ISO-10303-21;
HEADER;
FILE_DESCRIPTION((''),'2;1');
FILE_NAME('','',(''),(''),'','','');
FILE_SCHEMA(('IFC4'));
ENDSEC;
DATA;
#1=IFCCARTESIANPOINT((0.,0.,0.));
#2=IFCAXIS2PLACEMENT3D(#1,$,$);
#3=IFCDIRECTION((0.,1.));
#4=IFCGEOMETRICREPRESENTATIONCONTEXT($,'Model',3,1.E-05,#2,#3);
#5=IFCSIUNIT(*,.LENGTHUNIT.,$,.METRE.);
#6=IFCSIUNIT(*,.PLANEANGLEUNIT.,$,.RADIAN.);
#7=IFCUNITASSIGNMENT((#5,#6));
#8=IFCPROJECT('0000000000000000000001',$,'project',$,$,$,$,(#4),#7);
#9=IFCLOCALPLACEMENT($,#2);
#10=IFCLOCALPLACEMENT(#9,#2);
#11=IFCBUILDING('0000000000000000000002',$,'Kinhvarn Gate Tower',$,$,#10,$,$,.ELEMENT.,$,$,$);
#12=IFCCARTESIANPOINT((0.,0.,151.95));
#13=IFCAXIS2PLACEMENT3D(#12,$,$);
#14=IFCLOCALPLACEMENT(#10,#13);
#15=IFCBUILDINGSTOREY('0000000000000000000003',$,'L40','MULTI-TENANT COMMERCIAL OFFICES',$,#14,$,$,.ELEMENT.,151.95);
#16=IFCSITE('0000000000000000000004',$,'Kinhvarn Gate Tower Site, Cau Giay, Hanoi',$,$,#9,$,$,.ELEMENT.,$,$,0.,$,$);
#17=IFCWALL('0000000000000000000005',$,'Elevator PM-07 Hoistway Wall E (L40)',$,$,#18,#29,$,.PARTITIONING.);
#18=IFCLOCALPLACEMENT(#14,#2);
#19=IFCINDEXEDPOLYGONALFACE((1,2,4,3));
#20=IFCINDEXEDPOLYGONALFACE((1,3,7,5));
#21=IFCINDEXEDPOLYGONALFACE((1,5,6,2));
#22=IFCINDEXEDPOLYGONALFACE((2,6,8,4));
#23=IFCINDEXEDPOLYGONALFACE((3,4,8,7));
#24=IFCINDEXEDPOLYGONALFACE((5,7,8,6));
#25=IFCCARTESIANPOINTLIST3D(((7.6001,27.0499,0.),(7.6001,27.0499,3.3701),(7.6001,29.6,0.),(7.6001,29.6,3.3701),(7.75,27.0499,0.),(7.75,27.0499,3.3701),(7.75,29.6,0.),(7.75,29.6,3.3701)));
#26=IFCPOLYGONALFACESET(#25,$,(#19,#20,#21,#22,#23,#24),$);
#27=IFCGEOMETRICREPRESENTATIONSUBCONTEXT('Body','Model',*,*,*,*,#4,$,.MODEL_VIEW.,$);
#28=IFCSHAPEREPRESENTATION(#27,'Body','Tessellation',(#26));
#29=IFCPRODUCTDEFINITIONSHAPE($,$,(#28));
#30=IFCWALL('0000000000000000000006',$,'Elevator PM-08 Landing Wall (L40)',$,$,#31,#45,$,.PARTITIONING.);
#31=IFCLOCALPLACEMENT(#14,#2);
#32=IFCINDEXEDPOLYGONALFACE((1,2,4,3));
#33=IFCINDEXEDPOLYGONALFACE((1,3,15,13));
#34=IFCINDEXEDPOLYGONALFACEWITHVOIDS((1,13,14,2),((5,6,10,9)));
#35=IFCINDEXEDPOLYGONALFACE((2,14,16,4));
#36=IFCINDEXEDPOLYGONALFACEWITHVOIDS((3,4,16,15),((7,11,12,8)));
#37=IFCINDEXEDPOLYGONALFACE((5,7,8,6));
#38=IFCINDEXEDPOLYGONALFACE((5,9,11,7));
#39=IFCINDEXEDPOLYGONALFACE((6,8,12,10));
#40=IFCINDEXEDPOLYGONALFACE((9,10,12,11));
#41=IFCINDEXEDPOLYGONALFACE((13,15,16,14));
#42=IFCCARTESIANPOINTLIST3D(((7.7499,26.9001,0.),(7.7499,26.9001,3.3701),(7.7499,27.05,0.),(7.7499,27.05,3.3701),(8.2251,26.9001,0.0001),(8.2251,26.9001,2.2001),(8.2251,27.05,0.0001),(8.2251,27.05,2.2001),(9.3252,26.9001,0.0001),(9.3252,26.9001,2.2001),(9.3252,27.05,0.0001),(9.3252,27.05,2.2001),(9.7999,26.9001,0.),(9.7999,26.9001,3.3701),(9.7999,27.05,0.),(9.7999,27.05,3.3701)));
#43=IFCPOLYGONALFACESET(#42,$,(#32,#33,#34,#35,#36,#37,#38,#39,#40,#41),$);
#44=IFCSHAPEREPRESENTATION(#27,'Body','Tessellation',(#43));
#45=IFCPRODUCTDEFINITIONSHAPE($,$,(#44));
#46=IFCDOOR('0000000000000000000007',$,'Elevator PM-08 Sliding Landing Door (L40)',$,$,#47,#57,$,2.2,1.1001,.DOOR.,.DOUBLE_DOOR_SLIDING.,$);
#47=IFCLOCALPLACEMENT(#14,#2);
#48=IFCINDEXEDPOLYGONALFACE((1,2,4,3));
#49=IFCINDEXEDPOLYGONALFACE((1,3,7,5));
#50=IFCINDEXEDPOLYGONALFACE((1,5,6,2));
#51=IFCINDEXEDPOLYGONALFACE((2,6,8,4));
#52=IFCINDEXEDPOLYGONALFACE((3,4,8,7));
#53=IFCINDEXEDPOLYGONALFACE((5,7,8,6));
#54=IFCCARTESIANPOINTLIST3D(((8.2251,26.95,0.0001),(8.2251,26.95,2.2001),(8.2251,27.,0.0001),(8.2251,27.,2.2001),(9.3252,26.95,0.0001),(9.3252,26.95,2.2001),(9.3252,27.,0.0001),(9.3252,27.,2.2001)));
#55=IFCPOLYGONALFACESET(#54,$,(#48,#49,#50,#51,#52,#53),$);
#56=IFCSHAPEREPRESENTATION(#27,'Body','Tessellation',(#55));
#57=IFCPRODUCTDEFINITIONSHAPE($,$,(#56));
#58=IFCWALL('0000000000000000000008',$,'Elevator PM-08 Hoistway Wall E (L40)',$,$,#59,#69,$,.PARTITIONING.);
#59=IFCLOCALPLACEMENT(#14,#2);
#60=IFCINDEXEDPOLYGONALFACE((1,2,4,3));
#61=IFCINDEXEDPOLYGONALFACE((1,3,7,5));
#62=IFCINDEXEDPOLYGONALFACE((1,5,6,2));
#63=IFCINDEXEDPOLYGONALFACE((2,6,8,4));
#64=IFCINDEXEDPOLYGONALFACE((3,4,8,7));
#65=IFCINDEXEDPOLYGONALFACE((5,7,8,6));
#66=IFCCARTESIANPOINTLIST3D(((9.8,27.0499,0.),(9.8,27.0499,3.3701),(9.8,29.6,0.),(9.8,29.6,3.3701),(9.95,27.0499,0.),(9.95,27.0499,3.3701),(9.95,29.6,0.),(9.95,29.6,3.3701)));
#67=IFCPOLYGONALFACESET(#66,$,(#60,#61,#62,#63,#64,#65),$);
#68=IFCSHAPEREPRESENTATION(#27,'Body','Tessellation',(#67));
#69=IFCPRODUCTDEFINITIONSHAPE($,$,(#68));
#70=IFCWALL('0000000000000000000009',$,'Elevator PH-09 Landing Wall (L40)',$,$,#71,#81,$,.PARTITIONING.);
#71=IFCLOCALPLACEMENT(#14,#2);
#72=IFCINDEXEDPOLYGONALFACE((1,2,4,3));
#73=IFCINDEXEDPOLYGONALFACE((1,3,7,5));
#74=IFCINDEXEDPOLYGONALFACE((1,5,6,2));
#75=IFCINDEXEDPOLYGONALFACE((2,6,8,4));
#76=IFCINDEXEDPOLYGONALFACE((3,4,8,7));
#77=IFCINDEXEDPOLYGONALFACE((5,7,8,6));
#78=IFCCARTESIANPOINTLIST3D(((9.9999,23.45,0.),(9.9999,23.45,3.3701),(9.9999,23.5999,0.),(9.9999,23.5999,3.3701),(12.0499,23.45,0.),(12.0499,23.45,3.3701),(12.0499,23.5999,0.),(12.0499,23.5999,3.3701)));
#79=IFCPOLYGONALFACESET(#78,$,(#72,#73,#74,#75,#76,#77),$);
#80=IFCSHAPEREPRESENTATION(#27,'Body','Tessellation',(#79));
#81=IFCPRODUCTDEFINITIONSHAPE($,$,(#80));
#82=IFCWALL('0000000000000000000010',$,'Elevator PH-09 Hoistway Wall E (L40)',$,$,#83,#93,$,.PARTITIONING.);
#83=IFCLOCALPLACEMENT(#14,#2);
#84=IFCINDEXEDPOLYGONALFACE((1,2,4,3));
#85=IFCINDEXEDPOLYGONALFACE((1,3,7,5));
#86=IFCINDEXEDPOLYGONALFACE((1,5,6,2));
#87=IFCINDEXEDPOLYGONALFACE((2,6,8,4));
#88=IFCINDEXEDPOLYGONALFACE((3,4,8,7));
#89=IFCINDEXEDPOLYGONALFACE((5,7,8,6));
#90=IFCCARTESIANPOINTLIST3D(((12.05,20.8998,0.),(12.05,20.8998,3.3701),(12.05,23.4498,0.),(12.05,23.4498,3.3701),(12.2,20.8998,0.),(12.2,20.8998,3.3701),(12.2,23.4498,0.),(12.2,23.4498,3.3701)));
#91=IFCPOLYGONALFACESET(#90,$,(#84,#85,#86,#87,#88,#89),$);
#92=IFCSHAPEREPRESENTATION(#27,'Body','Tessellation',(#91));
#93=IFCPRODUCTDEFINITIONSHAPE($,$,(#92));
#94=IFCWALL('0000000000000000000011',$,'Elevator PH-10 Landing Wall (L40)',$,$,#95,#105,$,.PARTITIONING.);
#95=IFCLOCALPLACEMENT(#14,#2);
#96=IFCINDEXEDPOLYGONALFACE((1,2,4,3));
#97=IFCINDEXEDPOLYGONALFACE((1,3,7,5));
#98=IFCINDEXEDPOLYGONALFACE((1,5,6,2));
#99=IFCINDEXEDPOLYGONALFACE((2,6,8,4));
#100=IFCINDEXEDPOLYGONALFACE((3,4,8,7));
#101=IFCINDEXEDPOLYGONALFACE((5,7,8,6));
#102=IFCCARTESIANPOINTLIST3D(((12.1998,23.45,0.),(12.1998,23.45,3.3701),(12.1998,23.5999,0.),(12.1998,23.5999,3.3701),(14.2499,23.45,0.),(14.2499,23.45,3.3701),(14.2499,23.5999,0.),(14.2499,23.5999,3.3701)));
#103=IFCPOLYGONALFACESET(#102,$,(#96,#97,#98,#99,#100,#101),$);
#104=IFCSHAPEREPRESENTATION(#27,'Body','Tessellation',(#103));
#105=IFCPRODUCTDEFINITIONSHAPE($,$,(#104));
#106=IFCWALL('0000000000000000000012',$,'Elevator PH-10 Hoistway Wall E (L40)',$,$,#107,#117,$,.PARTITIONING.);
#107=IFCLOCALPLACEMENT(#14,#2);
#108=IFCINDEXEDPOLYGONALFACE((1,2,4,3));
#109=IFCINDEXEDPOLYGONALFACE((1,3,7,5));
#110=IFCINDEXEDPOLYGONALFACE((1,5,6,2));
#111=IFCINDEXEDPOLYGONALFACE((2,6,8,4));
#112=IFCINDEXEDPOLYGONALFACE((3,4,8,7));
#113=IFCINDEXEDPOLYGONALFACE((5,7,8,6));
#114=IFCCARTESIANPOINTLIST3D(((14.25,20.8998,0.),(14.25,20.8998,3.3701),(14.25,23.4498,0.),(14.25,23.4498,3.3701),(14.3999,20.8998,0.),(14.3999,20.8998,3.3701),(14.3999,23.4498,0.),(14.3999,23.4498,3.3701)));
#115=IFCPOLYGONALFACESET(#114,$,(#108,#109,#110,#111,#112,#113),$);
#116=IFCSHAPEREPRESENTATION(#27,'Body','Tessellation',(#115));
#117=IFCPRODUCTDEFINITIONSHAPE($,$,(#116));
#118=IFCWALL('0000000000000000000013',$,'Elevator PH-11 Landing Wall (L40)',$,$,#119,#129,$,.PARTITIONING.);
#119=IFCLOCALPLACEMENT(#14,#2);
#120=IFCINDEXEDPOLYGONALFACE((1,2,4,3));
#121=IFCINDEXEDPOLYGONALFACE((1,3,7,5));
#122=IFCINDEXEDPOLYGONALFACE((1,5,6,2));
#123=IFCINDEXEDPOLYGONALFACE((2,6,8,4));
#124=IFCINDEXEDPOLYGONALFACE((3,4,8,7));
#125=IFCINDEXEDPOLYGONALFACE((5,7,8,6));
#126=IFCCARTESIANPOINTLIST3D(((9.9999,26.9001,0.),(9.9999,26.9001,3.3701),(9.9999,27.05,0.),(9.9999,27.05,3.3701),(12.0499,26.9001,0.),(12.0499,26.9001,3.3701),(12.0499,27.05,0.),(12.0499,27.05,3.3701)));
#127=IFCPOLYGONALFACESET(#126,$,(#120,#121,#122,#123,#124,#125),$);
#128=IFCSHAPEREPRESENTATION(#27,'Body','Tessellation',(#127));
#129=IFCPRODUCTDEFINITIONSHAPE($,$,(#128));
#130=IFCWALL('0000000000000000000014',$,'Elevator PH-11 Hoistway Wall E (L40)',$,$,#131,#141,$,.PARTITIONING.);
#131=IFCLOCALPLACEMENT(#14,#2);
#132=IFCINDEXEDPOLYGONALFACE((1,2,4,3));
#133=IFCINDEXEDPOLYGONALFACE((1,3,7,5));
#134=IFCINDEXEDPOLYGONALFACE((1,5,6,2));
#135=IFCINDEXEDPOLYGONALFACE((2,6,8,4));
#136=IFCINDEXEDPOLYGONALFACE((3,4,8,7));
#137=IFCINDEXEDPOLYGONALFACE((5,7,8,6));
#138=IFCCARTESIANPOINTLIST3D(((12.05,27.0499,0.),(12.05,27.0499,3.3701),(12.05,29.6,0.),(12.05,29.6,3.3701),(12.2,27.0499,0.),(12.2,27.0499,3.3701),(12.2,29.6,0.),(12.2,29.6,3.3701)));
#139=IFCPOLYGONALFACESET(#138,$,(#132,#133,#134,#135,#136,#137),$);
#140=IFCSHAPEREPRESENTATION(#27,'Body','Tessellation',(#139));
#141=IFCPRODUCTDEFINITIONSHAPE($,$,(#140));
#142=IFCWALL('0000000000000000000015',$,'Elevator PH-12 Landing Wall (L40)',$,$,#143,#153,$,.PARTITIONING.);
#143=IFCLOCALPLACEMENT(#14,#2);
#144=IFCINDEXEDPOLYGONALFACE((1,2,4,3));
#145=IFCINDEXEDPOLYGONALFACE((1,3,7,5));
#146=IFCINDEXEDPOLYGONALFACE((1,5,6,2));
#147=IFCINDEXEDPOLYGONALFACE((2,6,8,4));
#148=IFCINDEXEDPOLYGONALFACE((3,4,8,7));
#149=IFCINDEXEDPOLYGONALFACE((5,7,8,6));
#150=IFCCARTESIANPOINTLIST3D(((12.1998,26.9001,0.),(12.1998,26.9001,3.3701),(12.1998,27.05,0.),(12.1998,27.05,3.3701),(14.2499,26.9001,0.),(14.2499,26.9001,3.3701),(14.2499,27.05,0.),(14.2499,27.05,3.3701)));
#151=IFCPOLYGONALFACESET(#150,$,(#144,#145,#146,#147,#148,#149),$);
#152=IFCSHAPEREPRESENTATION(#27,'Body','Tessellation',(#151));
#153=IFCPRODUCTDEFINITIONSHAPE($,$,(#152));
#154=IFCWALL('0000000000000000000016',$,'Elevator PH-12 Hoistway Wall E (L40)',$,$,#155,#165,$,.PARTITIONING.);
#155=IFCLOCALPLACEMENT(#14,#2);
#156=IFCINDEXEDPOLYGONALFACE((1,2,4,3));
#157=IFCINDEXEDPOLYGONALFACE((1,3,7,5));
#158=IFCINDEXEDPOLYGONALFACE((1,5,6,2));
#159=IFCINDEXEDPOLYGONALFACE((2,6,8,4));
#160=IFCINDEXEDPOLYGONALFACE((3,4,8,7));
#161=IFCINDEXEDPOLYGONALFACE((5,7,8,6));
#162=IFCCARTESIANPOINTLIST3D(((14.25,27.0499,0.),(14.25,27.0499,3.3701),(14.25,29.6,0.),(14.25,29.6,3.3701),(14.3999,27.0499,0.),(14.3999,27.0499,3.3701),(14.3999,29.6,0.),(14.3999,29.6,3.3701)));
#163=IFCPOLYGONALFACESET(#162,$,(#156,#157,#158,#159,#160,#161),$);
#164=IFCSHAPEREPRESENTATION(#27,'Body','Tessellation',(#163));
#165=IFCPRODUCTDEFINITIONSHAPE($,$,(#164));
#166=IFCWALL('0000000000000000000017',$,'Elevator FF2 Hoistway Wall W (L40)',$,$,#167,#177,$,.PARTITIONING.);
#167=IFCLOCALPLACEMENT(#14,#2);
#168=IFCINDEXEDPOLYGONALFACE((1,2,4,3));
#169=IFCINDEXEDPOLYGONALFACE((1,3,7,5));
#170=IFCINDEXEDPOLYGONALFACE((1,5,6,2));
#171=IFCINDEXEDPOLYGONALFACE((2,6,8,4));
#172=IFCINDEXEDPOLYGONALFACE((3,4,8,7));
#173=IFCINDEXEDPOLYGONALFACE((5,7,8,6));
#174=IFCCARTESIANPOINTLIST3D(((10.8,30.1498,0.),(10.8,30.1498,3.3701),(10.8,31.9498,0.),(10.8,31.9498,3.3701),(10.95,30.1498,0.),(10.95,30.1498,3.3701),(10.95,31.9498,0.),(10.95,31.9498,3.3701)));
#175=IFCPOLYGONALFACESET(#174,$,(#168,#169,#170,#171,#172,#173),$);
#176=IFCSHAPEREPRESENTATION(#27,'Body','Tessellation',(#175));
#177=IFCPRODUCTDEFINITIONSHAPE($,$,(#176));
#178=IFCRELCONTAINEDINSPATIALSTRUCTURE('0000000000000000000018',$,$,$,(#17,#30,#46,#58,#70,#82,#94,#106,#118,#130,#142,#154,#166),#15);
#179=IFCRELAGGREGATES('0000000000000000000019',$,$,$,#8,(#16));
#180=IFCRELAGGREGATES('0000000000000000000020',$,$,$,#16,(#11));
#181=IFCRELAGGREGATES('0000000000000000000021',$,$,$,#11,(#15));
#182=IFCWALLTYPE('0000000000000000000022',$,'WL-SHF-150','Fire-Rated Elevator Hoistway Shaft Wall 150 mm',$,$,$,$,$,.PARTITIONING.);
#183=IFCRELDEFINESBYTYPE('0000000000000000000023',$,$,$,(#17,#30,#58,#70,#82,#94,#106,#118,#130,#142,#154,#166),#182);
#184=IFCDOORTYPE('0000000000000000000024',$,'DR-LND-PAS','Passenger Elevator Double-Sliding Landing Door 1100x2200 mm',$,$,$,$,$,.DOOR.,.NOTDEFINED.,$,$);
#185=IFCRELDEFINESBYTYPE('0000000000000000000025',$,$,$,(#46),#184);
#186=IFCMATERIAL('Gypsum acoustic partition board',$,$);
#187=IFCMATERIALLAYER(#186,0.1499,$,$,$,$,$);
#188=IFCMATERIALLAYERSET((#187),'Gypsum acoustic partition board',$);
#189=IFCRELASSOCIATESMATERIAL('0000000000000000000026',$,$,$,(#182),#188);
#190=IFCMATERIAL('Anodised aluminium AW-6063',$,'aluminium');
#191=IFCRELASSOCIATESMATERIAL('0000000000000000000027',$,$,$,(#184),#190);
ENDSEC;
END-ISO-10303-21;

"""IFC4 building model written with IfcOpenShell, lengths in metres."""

from ifc_helpers import new_model, si_unit, direction, frame, frame_2d, origin, place, context, subcontext, project, spatial, rectangle, extrude, material, layer, layer_set, type_object, element, fill, save


model = new_model("IFC4")

# Units and contexts
model_context = context("Model", 3, precision=1e-05, world=origin(), true_north=direction((0.0, 1.0)))
body_context = subcontext(model_context, "Body", "Model", "MODEL_VIEW")
ifc_project = project(units=[si_unit("LENGTHUNIT", "METRE"), si_unit("PLANEANGLEUNIT", "RADIAN")], contexts=[model_context])

# Site, building, storey
site_placement = place(None, origin())
site = spatial("IfcSite", under=ifc_project, at=site_placement, Name="Kinhvarn Gate Tower Site, Cau Giay, Hanoi", CompositionType="ELEMENT", RefElevation=0.0)
building_placement = place(site_placement, origin())
building = spatial("IfcBuilding", under=site, at=building_placement, Name="Kinhvarn Gate Tower", CompositionType="ELEMENT")
storey_placement = place(building_placement, frame((0.0, 0.0, 151.95)))
storey = spatial("IfcBuildingStorey", under=building, at=storey_placement, Name="L40", Description="MULTI-TENANT COMMERCIAL OFFICES", CompositionType="ELEMENT", Elevation=151.95)

# Shared definitions
ifc_material_1 = material(Name="Gypsum acoustic partition board")

# Shared definitions
ifc_layer_1 = layer(ifc_material_1, 0.1499)
ifc_layer_set_1 = layer_set([ifc_layer_1], Name="Gypsum acoustic partition board")
wall_type_1 = type_object("IfcWallType", Name="WL-SHF-150", Description="Fire-Rated Elevator Hoistway Shaft Wall 150 mm", PredefinedType="PARTITIONING", material=ifc_layer_set_1)
ifc_material_2 = material(Name="Anodised aluminium AW-6063", Category="aluminium")
door_type_1 = type_object("IfcDoorType", Name="DR-LND-PAS", Description="Passenger Elevator Double-Sliding Landing Door 1100x2200 mm", OperationType="NOTDEFINED", PredefinedType="DOOR", material=ifc_material_2)

# Wall
for number, where, z_axis, x_axis, name in (
    (1, (7.675, 27.05, 0.0), (0.0, 0.0, 1.0), (0.0, 1.0, 0.0), "Elevator PM-07 Hoistway Wall E (L40)"),
):
    element("IfcWall", number, at=place(storey_placement, frame(where, z_axis=z_axis, x_axis=x_axis)), inside=storey, type_object=wall_type_1, Name=name, PredefinedType="PARTITIONING", context=body_context, shape_type="SweptSolid", body=[
        extrude(rectangle(XDim=2.55, YDim=0.1499, at=frame_2d((1.2749, 0.0))), origin(), (0.0, 0.0, 1.0), 3.3701),
    ])

# Wall, opening, door
wall_1_placement = place(storey_placement, frame((7.75, 26.9751, 0.0), z_axis=(0.0, 0.0, 1.0), x_axis=(1.0, 0.0, 0.0)))
wall_1 = element("IfcWall", 2, at=wall_1_placement, inside=storey, type_object=wall_type_1, Name="Elevator PM-08 Landing Wall (L40)", PredefinedType="PARTITIONING", context=body_context, shape_type="SweptSolid", body=[
    extrude(rectangle(XDim=2.05, YDim=0.1499, at=frame_2d((1.0249, 0.0))), origin(), (0.0, 0.0, 1.0), 3.3701),
])
opening_1_placement = place(wall_1_placement, frame((0.4751, 0.0, 0.0)))
opening_1 = element("IfcOpeningElement", 3, at=opening_1_placement, cuts=wall_1, PredefinedType="OPENING", context=body_context, shape_type="SweptSolid", body=[
    extrude(rectangle(XDim=1.1001, YDim=2.2, at=frame_2d((0.55, 1.1001))), frame((0.0, 0.085, 0.0), z_axis=(0.0, -1.0, 0.0), x_axis=(1.0, 0.0, 0.0)), (0.0, 0.0, 1.0), 0.1699),
])
door_1_placement = place(opening_1_placement, origin())
door_1 = element("IfcDoor", 4, at=door_1_placement, inside=storey, type_object=door_type_1, Name="Elevator PM-08 Sliding Landing Door (L40)", OperationType="DOUBLE_DOOR_SLIDING", OverallHeight=2.2, OverallWidth=1.1001, PredefinedType="DOOR", context=body_context, shape_type="SweptSolid", body=[
    extrude(rectangle(XDim=1.1001, YDim=2.2, at=frame_2d((0.55, 1.1001))), frame((0.0, 0.0249, 0.0), z_axis=(0.0, -1.0, 0.0), x_axis=(1.0, 0.0, 0.0)), (0.0, 0.0, 1.0), 0.05),
])
fill(opening_1, door_1)

# Walls
wall_2_placement = place(storey_placement, frame((9.875, 27.05, 0.0), z_axis=(0.0, 0.0, 1.0), x_axis=(0.0, 1.0, 0.0)))
element("IfcWall", 5, at=wall_2_placement, inside=storey, type_object=wall_type_1, Name="Elevator PM-08 Hoistway Wall E (L40)", PredefinedType="PARTITIONING", context=body_context, shape_type="SweptSolid", body=[
    extrude(rectangle(XDim=2.55, YDim=0.1499, at=frame_2d((1.2749, 0.0))), origin(), (0.0, 0.0, 1.0), 3.3701),
])
wall_3_placement = place(storey_placement, frame((10.0, 23.5249, 0.0), z_axis=(0.0, 0.0, 1.0), x_axis=(1.0, 0.0, 0.0)))
element("IfcWall", 6, at=wall_3_placement, inside=storey, type_object=wall_type_1, Name="Elevator PH-09 Landing Wall (L40)", PredefinedType="PARTITIONING", context=body_context, shape_type="SweptSolid", body=[
    extrude(rectangle(XDim=2.05, YDim=0.1499, at=frame_2d((1.0249, 0.0))), origin(), (0.0, 0.0, 1.0), 3.3701),
])
wall_4_placement = place(storey_placement, frame((12.125, 20.8999, 0.0), z_axis=(0.0, 0.0, 1.0), x_axis=(0.0, 1.0, 0.0)))
element("IfcWall", 7, at=wall_4_placement, inside=storey, type_object=wall_type_1, Name="Elevator PH-09 Hoistway Wall E (L40)", PredefinedType="PARTITIONING", context=body_context, shape_type="SweptSolid", body=[
    extrude(rectangle(XDim=2.55, YDim=0.1499, at=frame_2d((1.2749, 0.0))), origin(), (0.0, 0.0, 1.0), 3.3701),
])
wall_5_placement = place(storey_placement, frame((12.2, 23.5249, 0.0), z_axis=(0.0, 0.0, 1.0), x_axis=(1.0, 0.0, 0.0)))
element("IfcWall", 8, at=wall_5_placement, inside=storey, type_object=wall_type_1, Name="Elevator PH-10 Landing Wall (L40)", PredefinedType="PARTITIONING", context=body_context, shape_type="SweptSolid", body=[
    extrude(rectangle(XDim=2.05, YDim=0.1499, at=frame_2d((1.0249, 0.0))), origin(), (0.0, 0.0, 1.0), 3.3701),
])
wall_6_placement = place(storey_placement, frame((14.325, 20.8999, 0.0), z_axis=(0.0, 0.0, 1.0), x_axis=(0.0, 1.0, 0.0)))
element("IfcWall", 9, at=wall_6_placement, inside=storey, type_object=wall_type_1, Name="Elevator PH-10 Hoistway Wall E (L40)", PredefinedType="PARTITIONING", context=body_context, shape_type="SweptSolid", body=[
    extrude(rectangle(XDim=2.55, YDim=0.1499, at=frame_2d((1.2749, 0.0))), origin(), (0.0, 0.0, 1.0), 3.3701),
])
wall_7_placement = place(storey_placement, frame((10.0, 26.9751, 0.0), z_axis=(0.0, 0.0, 1.0), x_axis=(1.0, 0.0, 0.0)))
element("IfcWall", 10, at=wall_7_placement, inside=storey, type_object=wall_type_1, Name="Elevator PH-11 Landing Wall (L40)", PredefinedType="PARTITIONING", context=body_context, shape_type="SweptSolid", body=[
    extrude(rectangle(XDim=2.05, YDim=0.1499, at=frame_2d((1.0249, 0.0))), origin(), (0.0, 0.0, 1.0), 3.3701),
])
wall_8_placement = place(storey_placement, frame((12.125, 27.05, 0.0), z_axis=(0.0, 0.0, 1.0), x_axis=(0.0, 1.0, 0.0)))
element("IfcWall", 11, at=wall_8_placement, inside=storey, type_object=wall_type_1, Name="Elevator PH-11 Hoistway Wall E (L40)", PredefinedType="PARTITIONING", context=body_context, shape_type="SweptSolid", body=[
    extrude(rectangle(XDim=2.55, YDim=0.1499, at=frame_2d((1.2749, 0.0))), origin(), (0.0, 0.0, 1.0), 3.3701),
])
wall_9_placement = place(storey_placement, frame((12.2, 26.9751, 0.0), z_axis=(0.0, 0.0, 1.0), x_axis=(1.0, 0.0, 0.0)))
element("IfcWall", 12, at=wall_9_placement, inside=storey, type_object=wall_type_1, Name="Elevator PH-12 Landing Wall (L40)", PredefinedType="PARTITIONING", context=body_context, shape_type="SweptSolid", body=[
    extrude(rectangle(XDim=2.05, YDim=0.1499, at=frame_2d((1.0249, 0.0))), origin(), (0.0, 0.0, 1.0), 3.3701),
])
wall_10_placement = place(storey_placement, frame((14.325, 27.05, 0.0), z_axis=(0.0, 0.0, 1.0), x_axis=(0.0, 1.0, 0.0)))
element("IfcWall", 13, at=wall_10_placement, inside=storey, type_object=wall_type_1, Name="Elevator PH-12 Hoistway Wall E (L40)", PredefinedType="PARTITIONING", context=body_context, shape_type="SweptSolid", body=[
    extrude(rectangle(XDim=2.55, YDim=0.1499, at=frame_2d((1.2749, 0.0))), origin(), (0.0, 0.0, 1.0), 3.3701),
])
wall_11_placement = place(storey_placement, frame((10.875, 30.1499, 0.0), z_axis=(0.0, 0.0, 1.0), x_axis=(0.0, 1.0, 0.0)))
element("IfcWall", 14, at=wall_11_placement, inside=storey, type_object=wall_type_1, Name="Elevator FF2 Hoistway Wall W (L40)", PredefinedType="PARTITIONING", context=body_context, shape_type="SweptSolid", body=[
    extrude(rectangle(XDim=1.8, YDim=0.1499, at=frame_2d((0.8999, 0.0))), origin(), (0.0, 0.0, 1.0), 3.3701),
])

save(model, "model.ifc")
